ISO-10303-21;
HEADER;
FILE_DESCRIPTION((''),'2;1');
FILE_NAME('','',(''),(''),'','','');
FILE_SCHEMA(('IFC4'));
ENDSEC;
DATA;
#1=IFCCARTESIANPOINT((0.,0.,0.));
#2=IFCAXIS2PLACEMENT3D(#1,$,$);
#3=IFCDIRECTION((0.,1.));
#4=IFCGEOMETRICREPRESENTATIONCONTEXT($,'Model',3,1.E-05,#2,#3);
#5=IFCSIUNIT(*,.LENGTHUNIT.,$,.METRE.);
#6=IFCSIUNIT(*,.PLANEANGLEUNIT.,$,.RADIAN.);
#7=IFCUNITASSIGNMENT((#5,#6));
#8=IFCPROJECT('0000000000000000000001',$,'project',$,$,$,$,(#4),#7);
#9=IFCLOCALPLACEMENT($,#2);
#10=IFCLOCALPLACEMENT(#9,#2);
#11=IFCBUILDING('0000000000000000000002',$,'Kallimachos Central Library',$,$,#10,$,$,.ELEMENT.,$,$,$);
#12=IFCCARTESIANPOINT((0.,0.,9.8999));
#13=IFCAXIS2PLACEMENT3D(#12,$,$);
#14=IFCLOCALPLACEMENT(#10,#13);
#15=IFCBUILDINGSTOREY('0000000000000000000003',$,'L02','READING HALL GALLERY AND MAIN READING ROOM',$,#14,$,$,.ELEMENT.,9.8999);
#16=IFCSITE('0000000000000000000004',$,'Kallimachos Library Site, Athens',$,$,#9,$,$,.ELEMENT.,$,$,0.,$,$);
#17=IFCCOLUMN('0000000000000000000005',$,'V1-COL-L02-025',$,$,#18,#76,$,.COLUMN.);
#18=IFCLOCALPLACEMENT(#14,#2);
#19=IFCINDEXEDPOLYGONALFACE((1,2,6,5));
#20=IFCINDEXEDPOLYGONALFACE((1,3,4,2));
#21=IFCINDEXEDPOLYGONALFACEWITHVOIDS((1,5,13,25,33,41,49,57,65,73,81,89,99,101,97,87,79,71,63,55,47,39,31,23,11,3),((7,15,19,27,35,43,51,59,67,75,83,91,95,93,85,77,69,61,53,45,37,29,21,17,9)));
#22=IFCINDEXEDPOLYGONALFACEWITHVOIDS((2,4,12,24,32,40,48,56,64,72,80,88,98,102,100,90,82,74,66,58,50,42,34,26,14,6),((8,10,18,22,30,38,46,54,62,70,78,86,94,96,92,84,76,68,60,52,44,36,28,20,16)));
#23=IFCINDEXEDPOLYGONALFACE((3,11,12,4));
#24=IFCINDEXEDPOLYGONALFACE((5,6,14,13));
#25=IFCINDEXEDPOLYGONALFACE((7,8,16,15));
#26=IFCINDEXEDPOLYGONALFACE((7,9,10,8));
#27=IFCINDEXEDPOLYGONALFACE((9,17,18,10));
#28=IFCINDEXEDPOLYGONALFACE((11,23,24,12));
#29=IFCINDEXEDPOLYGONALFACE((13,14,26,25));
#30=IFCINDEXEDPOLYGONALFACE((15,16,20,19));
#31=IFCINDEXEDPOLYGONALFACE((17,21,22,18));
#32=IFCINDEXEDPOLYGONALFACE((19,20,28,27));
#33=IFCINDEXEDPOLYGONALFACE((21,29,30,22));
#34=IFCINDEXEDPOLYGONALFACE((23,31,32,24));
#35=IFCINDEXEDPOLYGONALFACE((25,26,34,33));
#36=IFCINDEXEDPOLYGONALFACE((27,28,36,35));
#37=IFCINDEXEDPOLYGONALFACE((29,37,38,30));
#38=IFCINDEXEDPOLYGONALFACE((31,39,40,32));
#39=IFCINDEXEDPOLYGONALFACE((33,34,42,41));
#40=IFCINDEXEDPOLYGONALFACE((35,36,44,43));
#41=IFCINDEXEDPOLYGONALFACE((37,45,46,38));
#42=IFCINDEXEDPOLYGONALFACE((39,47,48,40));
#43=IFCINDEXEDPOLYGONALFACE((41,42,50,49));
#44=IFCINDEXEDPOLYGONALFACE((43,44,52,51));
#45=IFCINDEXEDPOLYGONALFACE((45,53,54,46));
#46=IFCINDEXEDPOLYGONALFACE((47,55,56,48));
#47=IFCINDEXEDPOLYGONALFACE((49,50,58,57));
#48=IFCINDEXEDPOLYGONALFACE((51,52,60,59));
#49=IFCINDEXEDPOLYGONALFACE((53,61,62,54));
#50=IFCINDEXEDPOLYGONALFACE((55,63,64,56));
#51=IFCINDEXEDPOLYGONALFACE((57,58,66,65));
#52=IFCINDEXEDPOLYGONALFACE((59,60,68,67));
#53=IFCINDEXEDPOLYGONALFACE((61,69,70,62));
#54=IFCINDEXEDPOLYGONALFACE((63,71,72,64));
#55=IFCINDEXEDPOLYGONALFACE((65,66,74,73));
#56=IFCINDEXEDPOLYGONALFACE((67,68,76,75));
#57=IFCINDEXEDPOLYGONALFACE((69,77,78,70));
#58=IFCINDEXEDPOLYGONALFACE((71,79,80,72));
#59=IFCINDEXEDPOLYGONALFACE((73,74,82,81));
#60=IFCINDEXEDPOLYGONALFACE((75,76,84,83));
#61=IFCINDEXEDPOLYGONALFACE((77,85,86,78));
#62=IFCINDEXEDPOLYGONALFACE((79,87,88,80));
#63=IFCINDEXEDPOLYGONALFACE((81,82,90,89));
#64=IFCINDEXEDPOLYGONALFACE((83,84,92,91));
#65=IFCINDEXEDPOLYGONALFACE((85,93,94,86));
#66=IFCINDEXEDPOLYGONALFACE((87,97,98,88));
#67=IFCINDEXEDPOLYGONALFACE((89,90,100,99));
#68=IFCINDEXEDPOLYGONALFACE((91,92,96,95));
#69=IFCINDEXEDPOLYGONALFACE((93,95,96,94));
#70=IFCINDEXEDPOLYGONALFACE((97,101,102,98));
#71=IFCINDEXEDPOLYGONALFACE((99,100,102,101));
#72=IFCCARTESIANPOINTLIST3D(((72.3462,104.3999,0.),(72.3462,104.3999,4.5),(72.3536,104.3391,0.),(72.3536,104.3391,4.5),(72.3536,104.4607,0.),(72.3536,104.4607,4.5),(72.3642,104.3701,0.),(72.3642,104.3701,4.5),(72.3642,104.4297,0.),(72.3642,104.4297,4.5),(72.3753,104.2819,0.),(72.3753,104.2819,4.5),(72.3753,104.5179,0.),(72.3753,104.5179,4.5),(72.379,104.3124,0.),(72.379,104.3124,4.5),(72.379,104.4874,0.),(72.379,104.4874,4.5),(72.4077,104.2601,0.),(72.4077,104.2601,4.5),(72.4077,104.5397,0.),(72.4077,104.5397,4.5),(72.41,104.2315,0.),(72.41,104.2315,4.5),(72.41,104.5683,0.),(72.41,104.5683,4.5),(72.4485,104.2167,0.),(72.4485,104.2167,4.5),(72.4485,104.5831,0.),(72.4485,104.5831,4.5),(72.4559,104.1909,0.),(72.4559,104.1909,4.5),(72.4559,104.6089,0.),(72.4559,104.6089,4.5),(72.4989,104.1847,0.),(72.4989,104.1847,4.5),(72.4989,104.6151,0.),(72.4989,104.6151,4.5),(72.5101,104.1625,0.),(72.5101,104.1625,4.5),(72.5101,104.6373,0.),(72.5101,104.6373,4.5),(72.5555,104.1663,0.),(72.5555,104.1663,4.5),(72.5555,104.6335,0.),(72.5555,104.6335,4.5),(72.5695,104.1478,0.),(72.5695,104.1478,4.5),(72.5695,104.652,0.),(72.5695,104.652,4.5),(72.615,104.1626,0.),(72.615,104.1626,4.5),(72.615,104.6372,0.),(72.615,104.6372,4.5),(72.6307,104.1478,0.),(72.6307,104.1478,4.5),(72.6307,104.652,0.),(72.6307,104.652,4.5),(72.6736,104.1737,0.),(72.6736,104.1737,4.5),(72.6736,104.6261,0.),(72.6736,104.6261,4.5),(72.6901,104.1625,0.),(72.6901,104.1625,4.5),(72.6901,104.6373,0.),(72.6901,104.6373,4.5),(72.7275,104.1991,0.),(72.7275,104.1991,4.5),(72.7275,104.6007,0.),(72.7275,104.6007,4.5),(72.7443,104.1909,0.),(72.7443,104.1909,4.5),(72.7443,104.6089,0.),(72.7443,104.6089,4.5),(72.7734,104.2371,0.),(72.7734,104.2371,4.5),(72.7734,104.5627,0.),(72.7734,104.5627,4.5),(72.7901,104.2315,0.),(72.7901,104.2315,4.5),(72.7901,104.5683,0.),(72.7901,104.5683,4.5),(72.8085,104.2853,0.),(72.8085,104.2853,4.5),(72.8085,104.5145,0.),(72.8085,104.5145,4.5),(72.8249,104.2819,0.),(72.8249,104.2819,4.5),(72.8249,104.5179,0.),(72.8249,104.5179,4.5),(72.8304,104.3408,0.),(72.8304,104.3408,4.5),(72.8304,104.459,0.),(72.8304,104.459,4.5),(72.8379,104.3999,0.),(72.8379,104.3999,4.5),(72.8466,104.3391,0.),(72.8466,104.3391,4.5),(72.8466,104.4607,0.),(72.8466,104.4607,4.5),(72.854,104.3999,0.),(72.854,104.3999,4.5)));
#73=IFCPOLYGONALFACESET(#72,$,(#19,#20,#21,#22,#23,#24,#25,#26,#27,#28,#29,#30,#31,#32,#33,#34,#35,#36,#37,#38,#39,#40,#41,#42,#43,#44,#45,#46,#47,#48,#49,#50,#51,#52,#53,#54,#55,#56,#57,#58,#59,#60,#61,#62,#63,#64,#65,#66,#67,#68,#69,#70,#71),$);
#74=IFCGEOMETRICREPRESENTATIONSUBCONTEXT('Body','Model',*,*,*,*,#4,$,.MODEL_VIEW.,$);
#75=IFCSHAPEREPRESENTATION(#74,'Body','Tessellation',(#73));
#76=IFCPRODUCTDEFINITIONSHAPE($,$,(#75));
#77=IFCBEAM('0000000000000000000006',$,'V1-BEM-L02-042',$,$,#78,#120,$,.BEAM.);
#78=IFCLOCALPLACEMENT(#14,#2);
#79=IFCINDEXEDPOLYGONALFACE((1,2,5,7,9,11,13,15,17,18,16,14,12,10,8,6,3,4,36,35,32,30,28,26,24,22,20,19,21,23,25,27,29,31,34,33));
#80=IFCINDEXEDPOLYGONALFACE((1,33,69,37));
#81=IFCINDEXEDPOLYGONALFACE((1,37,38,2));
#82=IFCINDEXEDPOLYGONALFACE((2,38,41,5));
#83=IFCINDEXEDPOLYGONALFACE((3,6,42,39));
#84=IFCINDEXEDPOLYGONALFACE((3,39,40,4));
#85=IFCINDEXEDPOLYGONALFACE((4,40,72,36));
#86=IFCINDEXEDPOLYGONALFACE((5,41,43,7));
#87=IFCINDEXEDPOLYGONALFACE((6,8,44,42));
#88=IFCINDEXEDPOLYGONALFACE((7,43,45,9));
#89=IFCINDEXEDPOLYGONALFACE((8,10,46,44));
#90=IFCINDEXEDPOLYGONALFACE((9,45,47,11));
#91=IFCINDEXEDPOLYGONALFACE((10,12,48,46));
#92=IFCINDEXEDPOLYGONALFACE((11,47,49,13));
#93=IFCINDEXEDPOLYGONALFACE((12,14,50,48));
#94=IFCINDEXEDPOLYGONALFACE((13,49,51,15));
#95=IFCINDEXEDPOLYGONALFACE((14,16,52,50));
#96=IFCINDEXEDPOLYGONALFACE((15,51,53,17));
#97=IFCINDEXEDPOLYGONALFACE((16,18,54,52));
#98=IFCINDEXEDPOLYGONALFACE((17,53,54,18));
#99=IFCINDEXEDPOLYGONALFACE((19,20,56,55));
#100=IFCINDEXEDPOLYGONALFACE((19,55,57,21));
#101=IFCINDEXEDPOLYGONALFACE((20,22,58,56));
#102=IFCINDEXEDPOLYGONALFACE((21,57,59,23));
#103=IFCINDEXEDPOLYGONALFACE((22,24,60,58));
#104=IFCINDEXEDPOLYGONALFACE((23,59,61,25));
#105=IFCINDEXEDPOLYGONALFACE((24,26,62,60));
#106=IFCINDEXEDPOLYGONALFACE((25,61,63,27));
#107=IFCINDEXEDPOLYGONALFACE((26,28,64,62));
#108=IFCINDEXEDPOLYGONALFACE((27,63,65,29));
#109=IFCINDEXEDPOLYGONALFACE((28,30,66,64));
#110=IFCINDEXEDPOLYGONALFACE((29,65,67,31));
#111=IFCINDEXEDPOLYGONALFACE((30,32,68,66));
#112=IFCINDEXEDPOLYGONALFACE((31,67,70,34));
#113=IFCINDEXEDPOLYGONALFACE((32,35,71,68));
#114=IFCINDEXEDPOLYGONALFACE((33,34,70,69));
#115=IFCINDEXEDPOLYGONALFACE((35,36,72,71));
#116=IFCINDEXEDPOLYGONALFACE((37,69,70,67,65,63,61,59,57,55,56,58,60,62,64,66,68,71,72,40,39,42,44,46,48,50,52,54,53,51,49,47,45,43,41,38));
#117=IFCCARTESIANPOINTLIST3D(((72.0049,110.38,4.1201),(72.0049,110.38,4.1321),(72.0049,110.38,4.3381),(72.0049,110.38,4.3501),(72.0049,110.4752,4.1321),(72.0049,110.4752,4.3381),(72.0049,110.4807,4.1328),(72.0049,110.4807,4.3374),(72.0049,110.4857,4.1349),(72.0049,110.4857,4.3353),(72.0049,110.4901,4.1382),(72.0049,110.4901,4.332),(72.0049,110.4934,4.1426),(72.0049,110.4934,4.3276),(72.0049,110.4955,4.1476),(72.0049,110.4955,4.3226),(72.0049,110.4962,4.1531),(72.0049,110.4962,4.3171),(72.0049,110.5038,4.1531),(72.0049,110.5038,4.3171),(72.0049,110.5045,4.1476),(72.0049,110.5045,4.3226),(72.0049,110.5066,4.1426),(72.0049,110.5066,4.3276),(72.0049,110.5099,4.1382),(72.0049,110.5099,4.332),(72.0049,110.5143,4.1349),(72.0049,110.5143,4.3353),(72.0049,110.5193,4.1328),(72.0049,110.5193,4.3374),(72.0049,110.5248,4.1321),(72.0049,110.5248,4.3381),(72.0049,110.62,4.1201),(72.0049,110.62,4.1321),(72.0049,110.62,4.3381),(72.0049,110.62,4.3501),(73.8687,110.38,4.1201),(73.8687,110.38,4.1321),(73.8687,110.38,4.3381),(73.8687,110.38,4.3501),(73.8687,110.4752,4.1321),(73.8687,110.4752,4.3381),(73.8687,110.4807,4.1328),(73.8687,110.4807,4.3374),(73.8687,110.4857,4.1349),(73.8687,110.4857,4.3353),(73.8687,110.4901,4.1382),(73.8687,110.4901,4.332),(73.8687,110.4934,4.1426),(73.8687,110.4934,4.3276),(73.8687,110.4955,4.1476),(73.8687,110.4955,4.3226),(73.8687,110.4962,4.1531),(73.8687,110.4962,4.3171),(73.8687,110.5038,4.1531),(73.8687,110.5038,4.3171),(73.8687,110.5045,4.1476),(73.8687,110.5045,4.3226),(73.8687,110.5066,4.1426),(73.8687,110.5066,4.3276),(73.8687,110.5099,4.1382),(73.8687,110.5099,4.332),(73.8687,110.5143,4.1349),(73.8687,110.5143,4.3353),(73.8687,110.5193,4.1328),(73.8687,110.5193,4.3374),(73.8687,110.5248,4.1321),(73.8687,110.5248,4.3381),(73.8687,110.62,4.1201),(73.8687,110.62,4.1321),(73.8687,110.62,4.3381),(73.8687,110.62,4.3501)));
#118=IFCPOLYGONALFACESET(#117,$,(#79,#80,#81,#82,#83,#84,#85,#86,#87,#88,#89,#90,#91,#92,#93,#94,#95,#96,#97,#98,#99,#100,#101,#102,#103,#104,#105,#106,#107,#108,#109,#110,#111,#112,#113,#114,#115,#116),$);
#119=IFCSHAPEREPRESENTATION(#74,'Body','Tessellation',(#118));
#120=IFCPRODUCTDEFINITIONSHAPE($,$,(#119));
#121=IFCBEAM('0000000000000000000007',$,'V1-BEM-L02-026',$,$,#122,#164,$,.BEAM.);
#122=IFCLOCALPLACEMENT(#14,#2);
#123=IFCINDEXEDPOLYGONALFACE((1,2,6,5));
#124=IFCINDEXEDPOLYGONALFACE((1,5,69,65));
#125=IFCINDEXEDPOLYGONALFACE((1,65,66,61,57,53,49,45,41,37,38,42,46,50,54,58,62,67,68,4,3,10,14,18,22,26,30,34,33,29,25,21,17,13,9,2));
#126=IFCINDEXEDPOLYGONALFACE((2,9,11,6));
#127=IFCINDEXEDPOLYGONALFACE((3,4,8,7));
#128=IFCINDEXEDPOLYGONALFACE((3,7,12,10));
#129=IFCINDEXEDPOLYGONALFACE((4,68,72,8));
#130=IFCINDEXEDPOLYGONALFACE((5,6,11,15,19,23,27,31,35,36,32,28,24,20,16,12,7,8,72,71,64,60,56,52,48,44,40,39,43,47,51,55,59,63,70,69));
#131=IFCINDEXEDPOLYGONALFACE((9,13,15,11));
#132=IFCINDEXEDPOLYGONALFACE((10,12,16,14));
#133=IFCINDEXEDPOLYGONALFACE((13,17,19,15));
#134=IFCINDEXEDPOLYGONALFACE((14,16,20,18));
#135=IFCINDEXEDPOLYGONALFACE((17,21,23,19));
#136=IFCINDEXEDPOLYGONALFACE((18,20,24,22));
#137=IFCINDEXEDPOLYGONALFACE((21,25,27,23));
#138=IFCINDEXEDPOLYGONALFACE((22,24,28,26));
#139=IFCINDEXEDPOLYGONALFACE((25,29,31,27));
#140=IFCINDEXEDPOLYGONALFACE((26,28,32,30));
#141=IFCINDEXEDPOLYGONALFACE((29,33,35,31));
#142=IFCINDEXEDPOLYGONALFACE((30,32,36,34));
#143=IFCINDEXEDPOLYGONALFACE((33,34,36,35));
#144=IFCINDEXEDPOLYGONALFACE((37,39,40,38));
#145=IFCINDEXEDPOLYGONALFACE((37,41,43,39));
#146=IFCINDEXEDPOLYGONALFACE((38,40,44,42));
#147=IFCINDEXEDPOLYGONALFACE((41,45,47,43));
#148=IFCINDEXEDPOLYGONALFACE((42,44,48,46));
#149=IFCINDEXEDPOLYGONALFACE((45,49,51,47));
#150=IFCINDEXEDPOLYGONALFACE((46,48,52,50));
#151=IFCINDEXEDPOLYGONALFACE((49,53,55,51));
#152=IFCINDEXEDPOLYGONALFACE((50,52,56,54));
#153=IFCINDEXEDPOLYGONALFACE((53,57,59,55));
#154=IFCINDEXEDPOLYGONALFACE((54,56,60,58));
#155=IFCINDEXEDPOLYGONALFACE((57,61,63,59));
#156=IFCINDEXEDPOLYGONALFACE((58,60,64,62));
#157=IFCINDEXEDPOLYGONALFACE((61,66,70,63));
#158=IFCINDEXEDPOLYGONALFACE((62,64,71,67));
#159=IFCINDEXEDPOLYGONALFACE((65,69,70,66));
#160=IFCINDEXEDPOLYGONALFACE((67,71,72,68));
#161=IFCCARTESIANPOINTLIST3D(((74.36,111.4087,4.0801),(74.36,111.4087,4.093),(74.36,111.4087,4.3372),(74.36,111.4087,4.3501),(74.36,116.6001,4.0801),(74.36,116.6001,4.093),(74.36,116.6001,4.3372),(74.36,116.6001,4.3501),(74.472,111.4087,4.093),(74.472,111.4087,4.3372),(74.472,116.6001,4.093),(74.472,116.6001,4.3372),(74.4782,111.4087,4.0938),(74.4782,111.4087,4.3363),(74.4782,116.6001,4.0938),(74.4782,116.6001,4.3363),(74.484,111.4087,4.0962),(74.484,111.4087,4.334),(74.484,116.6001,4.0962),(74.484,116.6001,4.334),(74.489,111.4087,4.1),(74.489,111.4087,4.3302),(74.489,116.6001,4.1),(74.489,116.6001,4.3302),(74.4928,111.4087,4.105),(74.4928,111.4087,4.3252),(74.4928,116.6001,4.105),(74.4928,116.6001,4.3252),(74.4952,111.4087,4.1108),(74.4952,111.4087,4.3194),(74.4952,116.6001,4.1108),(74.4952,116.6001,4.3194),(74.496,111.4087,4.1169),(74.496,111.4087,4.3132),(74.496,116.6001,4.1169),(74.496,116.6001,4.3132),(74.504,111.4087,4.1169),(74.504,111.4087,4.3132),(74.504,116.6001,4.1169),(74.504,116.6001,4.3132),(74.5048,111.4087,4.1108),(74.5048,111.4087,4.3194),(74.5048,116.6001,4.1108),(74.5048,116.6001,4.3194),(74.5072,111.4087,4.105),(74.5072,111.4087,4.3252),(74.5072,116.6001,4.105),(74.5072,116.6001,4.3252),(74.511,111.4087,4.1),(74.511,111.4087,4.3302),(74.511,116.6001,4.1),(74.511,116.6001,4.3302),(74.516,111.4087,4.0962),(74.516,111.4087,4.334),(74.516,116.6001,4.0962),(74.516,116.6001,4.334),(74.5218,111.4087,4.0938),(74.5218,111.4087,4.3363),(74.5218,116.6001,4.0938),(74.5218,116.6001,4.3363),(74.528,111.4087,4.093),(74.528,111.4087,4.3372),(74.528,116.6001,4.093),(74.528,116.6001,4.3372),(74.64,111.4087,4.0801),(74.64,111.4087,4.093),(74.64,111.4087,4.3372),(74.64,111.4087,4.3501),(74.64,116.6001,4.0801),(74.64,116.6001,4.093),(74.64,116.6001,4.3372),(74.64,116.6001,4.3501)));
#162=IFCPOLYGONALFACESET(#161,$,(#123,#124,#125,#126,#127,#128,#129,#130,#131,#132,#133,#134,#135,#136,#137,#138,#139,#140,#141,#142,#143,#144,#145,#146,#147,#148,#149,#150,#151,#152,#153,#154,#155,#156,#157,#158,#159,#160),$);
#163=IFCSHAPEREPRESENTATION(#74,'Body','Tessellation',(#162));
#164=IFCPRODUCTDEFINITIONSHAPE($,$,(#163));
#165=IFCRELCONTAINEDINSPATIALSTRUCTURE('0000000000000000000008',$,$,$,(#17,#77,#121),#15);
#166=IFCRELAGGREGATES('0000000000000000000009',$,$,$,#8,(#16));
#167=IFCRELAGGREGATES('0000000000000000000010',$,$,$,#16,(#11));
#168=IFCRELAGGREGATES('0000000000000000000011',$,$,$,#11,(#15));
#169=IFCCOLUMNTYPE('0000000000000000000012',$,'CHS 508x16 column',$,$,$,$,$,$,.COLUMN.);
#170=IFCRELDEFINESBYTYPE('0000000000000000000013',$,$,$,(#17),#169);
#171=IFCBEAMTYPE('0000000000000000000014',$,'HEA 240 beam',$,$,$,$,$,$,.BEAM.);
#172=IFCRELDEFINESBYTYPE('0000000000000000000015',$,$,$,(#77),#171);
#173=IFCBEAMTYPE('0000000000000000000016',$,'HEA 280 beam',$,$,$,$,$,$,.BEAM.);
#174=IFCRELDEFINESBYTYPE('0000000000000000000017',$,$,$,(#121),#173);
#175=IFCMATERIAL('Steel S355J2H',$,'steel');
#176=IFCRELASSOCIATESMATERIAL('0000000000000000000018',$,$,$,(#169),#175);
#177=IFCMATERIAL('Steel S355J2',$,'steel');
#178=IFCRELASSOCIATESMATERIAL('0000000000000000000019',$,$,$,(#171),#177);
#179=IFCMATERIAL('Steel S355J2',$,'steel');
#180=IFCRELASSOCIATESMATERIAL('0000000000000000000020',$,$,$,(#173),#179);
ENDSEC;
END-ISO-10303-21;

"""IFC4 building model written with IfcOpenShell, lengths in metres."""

from ifc_helpers import new_model, si_unit, direction, frame, origin, origin_2d, place, context, subcontext, project, spatial, hollow_circle, i_section, extrude, material, material_profile, profile_set, type_object, element, save


model = new_model("IFC4")

# Units and contexts
model_context = context("Model", 3, precision=1e-05, world=origin(), true_north=direction((0.0, 1.0)))
body_context = subcontext(model_context, "Body", "Model", "MODEL_VIEW")
ifc_project = project(units=[si_unit("LENGTHUNIT", "METRE"), si_unit("PLANEANGLEUNIT", "RADIAN")], contexts=[model_context])

# Site, building, storey
site_placement = place(None, origin())
site = spatial("IfcSite", under=ifc_project, at=site_placement, Name="Kallimachos Library Site, Athens", CompositionType="ELEMENT", RefElevation=0.0)
building_placement = place(site_placement, origin())
building = spatial("IfcBuilding", under=site, at=building_placement, Name="Kallimachos Central Library", CompositionType="ELEMENT")
storey_placement = place(building_placement, frame((0.0, 0.0, 9.8999)))
storey = spatial("IfcBuildingStorey", under=building, at=storey_placement, Name="L02", Description="READING HALL GALLERY AND MAIN READING ROOM", CompositionType="ELEMENT", Elevation=9.8999)

# Column
ifc_material_1 = material(Name="Steel S355J2H", Category="steel")
ifc_material_profile_1 = material_profile(ifc_material_1, hollow_circle(Radius=0.2539, WallThickness=0.0161, at=origin_2d()), Name="CHS 508x16")
ifc_profile_set_1 = profile_set([ifc_material_profile_1], Name="Steel S355J2H")
column_type_1 = type_object("IfcColumnType", Name="CHS 508x16 column", PredefinedType="COLUMN", material=ifc_profile_set_1)
for number, where, z_axis, x_axis, name in (
    (1, (72.6001, 104.3999, 0.0), (0.0, 0.0, 1.0), (1.0, 0.0, 0.0), "V1-COL-L02-025"),
):
    element("IfcColumn", number, at=place(storey_placement, frame(where, z_axis=z_axis, x_axis=x_axis)), inside=storey, type_object=column_type_1, Name=name, PredefinedType="COLUMN", context=body_context, shape_type="SweptSolid", body=[
        extrude(hollow_circle(Radius=0.2539, WallThickness=0.0161, at=origin_2d()), origin(), (0.0, 0.0, 1.0), 4.5),
    ])

# Beams
ifc_material_2 = material(Name="Steel S355J2", Category="steel")
ifc_material_profile_2 = material_profile(ifc_material_2, i_section(OverallWidth=0.24, OverallDepth=0.23, WebThickness=0.0076, FlangeThickness=0.012, FilletRadius=0.021, at=origin_2d()), Name="HEA 240")
ifc_profile_set_2 = profile_set([ifc_material_profile_2], Name="Steel S355J2")
beam_type_1 = type_object("IfcBeamType", Name="HEA 240 beam", PredefinedType="BEAM", material=ifc_profile_set_2)
beam_1_placement = place(storey_placement, frame((72.0049, 110.5, 4.2351), z_axis=(1.0, 0.0, 0.0), x_axis=(0.0, 1.0, 0.0)))
element("IfcBeam", 2, at=beam_1_placement, inside=storey, type_object=beam_type_1, Name="V1-BEM-L02-042", PredefinedType="BEAM", context=body_context, shape_type="SweptSolid", body=[
    extrude(i_section(OverallWidth=0.24, OverallDepth=0.23, WebThickness=0.0076, FlangeThickness=0.012, FilletRadius=0.021, at=origin_2d()), origin(), (0.0, 0.0, 1.0), 1.8638),
])
ifc_material_3 = material(Name="Steel S355J2", Category="steel")
ifc_material_profile_3 = material_profile(ifc_material_3, i_section(OverallWidth=0.28, OverallDepth=0.27, WebThickness=0.0081, FlangeThickness=0.0129, FilletRadius=0.0239, at=origin_2d()), Name="HEA 280")
ifc_profile_set_3 = profile_set([ifc_material_profile_3], Name="Steel S355J2")
beam_type_2 = type_object("IfcBeamType", Name="HEA 280 beam", PredefinedType="BEAM", material=ifc_profile_set_3)
beam_2_placement = place(storey_placement, frame((74.5, 111.4087, 4.2151), z_axis=(0.0, 1.0, 0.0), x_axis=(-1.0, 0.0, 0.0)))
element("IfcBeam", 3, at=beam_2_placement, inside=storey, type_object=beam_type_2, Name="V1-BEM-L02-026", PredefinedType="BEAM", context=body_context, shape_type="SweptSolid", body=[
    extrude(i_section(OverallWidth=0.28, OverallDepth=0.27, WebThickness=0.0081, FlangeThickness=0.0129, FilletRadius=0.0239, at=origin_2d()), origin(), (0.0, 0.0, 1.0), 5.1914),
])

save(model, "model.ifc")
